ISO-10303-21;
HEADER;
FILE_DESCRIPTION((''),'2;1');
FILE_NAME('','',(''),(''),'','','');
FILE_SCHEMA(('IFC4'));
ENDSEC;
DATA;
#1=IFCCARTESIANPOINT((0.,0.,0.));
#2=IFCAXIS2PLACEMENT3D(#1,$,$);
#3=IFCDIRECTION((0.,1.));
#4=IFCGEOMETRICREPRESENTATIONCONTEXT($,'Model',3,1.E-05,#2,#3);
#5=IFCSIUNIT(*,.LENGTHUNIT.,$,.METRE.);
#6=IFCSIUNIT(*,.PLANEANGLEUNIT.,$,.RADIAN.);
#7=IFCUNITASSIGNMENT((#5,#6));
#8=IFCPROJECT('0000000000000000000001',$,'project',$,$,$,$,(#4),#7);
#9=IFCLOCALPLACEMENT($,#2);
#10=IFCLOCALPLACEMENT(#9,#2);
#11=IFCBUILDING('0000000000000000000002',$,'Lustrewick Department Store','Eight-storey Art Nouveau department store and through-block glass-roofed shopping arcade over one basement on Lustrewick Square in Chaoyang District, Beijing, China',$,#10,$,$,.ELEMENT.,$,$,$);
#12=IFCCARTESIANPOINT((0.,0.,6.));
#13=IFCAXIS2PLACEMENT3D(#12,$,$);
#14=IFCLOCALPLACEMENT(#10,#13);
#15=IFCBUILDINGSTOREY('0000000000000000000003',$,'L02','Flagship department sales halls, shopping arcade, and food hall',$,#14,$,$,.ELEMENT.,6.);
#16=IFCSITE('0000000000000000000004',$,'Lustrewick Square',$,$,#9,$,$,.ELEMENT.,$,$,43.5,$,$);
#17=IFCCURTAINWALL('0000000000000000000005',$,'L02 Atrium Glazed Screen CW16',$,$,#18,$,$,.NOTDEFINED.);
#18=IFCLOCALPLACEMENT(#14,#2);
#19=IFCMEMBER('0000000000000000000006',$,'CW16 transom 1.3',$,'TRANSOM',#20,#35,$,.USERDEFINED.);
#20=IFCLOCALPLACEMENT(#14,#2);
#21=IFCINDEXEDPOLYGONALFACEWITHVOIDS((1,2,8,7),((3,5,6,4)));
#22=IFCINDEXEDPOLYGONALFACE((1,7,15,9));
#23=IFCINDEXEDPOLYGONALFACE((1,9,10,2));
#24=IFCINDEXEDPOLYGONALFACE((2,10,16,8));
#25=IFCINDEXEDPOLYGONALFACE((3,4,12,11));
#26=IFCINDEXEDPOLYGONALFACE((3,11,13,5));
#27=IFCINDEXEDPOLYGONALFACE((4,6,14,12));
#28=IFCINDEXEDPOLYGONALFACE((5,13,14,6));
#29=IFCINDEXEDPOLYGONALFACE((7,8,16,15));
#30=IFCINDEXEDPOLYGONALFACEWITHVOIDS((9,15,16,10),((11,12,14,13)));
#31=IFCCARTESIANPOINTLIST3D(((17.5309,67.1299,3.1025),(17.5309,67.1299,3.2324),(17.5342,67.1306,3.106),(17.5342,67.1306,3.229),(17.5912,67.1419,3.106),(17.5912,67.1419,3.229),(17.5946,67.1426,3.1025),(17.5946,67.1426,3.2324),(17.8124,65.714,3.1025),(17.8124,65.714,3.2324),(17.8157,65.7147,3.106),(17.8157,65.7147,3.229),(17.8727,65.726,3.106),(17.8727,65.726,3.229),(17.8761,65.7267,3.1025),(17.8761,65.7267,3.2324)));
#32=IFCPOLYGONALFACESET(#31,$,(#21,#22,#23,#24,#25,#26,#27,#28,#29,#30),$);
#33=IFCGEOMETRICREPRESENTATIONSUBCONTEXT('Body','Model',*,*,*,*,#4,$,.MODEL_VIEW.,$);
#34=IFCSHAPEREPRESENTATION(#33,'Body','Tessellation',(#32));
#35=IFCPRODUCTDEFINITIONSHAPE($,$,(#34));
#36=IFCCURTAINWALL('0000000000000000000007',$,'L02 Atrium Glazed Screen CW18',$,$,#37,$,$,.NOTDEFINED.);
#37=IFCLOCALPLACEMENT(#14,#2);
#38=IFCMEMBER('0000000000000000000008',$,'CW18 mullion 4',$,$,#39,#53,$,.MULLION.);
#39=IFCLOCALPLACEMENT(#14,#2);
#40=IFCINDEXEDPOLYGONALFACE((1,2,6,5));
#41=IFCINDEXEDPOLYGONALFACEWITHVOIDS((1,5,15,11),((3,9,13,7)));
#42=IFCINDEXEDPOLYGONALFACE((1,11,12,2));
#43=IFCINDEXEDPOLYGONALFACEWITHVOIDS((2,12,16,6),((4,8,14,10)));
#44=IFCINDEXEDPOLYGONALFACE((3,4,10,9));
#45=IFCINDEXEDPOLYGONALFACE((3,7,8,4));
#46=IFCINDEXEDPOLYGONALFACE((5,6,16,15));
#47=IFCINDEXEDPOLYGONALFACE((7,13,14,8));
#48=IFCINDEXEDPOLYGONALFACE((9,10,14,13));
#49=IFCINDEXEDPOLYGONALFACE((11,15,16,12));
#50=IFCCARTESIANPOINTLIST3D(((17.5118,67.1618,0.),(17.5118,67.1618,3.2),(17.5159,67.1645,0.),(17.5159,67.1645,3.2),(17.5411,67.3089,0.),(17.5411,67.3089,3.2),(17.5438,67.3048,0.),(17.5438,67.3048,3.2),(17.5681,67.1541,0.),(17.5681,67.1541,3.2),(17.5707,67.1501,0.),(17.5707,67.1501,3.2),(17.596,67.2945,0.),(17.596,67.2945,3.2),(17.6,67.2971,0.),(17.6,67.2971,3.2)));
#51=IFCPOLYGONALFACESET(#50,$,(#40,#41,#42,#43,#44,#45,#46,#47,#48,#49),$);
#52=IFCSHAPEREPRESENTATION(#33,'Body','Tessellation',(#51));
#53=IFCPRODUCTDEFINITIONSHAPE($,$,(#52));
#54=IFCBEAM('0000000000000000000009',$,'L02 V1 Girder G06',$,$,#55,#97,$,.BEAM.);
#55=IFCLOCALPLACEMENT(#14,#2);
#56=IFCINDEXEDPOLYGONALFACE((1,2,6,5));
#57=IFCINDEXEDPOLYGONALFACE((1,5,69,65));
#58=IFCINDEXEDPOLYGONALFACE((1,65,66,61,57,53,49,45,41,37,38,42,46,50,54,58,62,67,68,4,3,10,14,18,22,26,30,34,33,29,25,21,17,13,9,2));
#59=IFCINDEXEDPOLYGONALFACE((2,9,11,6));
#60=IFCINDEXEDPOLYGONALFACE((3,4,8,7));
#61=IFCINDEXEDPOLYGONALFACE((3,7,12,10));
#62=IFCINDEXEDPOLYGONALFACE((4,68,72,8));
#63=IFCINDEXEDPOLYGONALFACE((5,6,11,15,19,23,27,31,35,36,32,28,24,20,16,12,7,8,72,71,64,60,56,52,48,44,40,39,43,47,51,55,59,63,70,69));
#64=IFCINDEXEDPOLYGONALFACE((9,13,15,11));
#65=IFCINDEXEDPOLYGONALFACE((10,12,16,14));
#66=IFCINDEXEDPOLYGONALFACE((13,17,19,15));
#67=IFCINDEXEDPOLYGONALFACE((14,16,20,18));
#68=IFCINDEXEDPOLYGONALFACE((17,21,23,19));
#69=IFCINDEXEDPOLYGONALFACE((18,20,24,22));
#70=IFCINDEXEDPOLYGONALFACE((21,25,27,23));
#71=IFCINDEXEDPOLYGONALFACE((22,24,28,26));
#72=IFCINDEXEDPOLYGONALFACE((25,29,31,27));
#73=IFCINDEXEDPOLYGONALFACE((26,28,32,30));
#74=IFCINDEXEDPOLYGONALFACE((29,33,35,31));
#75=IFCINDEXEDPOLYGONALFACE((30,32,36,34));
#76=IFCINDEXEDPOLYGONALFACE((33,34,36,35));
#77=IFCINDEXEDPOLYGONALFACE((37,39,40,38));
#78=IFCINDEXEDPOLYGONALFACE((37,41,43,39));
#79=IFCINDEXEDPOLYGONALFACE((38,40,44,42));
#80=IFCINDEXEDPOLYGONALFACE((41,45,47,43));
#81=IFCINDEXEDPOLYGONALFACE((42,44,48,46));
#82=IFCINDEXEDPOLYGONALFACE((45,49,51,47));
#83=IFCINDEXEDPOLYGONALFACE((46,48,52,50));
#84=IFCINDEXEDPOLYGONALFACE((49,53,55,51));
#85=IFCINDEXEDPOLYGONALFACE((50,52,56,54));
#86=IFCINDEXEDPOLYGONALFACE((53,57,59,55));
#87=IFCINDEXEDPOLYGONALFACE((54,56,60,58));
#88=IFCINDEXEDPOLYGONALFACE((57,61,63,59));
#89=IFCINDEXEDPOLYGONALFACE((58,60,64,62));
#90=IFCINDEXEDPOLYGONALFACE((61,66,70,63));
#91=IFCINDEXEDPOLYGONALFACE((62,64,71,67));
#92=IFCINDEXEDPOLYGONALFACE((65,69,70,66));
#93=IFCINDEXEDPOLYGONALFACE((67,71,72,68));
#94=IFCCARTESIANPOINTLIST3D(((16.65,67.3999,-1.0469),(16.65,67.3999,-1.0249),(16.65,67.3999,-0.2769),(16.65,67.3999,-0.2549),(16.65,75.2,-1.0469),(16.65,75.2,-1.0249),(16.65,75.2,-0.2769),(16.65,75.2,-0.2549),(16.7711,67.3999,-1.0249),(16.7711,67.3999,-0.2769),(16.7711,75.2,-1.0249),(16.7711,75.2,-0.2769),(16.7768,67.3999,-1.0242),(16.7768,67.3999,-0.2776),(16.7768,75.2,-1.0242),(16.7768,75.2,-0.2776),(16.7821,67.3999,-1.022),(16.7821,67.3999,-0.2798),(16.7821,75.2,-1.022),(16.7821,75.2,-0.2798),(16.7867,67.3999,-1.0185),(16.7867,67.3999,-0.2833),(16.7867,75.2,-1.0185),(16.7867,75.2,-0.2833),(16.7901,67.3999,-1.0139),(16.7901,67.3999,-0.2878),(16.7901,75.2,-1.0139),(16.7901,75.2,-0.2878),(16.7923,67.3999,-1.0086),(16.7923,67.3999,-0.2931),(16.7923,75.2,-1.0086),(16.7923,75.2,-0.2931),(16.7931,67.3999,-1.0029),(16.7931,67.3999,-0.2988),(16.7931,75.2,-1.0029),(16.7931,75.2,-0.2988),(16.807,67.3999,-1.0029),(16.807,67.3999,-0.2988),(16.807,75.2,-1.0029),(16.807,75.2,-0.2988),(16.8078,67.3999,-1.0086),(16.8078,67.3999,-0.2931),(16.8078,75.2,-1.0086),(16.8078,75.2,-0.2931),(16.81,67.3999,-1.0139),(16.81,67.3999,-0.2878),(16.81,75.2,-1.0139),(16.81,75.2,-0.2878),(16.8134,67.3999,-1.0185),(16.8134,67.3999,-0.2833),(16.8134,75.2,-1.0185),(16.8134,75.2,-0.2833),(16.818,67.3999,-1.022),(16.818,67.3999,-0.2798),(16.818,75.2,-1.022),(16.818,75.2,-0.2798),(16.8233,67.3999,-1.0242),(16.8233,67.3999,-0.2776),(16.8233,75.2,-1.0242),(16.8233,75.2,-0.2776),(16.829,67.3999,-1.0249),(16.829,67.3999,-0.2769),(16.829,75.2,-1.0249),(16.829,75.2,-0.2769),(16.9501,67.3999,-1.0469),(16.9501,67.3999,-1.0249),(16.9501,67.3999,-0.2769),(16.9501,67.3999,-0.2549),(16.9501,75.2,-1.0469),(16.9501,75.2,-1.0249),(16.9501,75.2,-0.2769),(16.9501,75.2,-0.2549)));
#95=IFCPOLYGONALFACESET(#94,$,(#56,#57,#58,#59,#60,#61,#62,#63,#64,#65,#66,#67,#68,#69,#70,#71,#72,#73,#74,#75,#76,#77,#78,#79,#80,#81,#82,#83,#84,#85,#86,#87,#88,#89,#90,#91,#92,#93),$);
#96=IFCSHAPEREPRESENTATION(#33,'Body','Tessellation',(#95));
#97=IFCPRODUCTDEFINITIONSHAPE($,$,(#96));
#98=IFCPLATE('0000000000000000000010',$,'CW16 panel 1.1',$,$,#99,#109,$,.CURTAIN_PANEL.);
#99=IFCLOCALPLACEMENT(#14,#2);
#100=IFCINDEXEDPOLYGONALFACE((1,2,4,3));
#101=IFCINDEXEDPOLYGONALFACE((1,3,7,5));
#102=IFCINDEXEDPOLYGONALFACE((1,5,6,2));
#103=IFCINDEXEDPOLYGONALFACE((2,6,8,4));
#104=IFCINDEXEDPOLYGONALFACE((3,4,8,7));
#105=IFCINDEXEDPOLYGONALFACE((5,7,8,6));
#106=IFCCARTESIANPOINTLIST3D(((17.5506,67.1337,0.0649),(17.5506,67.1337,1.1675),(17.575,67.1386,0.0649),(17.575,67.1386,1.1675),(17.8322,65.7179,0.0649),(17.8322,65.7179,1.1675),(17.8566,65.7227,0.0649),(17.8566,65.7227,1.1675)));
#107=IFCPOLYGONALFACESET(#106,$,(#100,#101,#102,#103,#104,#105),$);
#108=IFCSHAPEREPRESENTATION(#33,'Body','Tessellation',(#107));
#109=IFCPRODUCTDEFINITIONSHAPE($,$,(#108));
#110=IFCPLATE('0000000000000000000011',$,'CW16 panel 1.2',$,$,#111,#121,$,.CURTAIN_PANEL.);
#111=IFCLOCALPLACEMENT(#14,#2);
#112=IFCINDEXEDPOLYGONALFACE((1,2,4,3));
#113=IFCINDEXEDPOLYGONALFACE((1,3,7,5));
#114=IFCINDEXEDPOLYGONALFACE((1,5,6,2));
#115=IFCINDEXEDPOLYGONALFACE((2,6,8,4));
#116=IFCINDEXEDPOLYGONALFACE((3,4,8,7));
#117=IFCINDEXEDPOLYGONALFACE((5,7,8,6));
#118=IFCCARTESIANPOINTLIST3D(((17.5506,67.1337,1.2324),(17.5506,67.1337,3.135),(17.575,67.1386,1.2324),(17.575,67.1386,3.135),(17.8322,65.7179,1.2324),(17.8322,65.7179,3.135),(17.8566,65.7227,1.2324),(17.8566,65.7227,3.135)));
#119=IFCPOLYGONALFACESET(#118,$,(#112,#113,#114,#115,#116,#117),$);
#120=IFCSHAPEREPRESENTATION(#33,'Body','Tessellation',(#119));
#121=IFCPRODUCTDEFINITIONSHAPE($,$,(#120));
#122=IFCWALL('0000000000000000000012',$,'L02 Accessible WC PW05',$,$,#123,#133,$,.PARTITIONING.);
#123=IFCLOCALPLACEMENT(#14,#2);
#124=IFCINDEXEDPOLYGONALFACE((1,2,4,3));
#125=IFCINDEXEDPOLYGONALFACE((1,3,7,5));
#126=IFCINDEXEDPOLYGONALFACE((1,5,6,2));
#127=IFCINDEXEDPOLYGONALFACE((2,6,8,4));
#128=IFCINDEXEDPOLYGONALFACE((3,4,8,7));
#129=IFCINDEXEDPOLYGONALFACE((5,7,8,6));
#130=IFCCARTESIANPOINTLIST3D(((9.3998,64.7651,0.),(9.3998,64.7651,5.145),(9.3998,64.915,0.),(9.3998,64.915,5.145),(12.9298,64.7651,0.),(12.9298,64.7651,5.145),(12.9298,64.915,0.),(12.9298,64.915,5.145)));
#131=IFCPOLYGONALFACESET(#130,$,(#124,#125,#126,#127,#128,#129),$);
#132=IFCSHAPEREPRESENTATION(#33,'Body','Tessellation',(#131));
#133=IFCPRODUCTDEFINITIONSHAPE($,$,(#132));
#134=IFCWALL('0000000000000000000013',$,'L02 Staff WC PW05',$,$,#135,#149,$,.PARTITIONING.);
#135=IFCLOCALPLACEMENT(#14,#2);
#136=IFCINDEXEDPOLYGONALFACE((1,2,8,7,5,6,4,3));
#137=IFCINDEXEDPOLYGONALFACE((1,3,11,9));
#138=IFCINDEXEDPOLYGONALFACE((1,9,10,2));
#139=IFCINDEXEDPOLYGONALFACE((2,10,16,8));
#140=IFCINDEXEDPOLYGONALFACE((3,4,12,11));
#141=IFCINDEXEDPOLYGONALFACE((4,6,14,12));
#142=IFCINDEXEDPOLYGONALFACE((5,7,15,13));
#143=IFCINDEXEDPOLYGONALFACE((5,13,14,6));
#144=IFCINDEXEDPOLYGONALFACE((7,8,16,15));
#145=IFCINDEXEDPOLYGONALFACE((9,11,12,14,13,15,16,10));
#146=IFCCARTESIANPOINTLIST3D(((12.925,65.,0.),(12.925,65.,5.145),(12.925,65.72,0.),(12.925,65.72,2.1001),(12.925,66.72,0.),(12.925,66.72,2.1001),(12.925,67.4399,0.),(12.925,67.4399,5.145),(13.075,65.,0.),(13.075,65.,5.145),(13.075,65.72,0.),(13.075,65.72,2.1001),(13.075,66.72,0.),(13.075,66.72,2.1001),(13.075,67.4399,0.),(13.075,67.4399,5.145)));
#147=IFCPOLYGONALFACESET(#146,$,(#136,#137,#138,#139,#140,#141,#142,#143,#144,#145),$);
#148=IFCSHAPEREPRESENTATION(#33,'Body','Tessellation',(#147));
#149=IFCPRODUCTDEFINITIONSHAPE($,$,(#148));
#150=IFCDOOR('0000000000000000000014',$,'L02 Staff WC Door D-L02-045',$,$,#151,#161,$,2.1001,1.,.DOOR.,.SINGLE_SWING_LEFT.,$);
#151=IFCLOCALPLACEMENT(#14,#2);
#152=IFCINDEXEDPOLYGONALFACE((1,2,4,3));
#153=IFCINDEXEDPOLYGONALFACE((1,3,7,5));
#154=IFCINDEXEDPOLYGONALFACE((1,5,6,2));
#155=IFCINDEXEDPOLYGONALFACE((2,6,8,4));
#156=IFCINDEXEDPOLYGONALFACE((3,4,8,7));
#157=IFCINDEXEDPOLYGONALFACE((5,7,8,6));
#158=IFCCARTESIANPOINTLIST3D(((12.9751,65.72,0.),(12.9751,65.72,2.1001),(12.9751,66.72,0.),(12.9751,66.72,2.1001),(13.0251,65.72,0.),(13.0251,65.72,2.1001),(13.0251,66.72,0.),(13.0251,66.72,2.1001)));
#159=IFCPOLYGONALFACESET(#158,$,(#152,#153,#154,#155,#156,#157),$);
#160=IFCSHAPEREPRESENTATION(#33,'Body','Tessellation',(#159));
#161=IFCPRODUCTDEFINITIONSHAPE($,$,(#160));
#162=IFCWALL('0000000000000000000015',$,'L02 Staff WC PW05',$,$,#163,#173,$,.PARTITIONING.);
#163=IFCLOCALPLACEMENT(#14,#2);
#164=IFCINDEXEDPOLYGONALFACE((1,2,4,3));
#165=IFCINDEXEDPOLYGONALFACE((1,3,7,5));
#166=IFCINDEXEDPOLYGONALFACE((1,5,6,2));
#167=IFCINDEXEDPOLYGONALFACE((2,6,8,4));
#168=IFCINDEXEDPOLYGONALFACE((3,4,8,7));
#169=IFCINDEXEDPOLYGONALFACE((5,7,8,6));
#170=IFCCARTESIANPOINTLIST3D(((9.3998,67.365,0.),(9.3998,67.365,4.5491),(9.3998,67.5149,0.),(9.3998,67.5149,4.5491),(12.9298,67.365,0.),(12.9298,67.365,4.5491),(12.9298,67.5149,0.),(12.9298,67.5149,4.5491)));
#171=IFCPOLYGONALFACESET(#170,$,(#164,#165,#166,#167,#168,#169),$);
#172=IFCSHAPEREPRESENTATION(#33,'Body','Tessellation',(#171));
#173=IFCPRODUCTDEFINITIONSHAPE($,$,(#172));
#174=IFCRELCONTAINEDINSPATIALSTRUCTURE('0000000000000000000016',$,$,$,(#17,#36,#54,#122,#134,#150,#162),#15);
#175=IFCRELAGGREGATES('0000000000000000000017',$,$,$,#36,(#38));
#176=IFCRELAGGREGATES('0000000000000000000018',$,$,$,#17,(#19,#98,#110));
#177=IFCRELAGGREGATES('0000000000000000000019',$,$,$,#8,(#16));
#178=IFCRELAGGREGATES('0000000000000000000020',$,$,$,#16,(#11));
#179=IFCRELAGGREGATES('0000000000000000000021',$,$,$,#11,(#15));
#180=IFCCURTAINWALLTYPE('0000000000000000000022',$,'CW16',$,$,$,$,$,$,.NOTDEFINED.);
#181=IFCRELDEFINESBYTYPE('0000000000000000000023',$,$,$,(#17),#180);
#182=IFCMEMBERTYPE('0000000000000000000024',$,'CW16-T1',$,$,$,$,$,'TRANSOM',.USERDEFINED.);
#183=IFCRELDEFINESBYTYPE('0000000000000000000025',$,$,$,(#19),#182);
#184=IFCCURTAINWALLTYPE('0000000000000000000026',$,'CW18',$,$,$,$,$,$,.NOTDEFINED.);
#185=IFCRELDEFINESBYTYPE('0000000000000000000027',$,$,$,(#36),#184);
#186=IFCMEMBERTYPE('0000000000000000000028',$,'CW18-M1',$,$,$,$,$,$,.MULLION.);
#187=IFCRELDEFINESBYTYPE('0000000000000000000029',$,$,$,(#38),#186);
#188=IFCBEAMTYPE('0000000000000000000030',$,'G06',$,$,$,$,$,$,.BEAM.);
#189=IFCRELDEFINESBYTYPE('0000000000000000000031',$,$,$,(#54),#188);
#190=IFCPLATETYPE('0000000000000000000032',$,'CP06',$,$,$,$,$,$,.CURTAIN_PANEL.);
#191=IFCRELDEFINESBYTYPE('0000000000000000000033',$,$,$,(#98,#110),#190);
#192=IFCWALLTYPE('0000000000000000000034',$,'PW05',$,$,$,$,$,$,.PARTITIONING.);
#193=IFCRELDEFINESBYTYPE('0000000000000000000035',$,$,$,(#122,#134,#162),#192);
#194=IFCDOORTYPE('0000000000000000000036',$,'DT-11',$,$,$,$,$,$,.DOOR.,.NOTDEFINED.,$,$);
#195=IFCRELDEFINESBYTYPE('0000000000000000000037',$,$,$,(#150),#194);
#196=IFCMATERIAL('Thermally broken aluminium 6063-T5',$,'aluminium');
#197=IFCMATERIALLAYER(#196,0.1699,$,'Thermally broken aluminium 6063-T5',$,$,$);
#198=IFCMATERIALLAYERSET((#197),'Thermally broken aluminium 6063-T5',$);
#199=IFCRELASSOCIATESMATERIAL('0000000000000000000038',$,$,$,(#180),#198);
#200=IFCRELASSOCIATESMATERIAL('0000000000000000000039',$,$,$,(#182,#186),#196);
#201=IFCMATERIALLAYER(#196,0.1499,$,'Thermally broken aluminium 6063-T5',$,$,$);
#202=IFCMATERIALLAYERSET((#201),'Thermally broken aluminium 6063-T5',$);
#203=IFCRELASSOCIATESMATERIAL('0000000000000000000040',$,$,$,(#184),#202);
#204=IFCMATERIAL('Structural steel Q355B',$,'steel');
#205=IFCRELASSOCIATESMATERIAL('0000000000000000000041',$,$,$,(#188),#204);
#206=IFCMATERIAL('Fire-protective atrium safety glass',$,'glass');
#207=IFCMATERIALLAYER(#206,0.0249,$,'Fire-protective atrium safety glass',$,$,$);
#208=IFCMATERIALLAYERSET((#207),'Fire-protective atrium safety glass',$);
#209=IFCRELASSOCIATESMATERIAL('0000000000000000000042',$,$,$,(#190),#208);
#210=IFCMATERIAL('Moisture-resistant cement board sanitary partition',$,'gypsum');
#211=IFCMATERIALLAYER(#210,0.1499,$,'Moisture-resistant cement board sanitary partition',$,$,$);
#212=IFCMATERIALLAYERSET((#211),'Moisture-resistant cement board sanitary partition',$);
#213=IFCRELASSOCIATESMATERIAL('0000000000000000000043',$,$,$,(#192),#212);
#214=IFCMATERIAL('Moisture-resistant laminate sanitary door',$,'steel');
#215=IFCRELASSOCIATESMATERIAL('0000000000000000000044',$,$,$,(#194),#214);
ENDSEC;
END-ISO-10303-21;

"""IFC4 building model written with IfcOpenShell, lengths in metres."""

from ifc_helpers import new_model, si_unit, direction, frame, frame_2d, origin, origin_2d, place, context, subcontext, project, spatial, rectangle, hollow_rectangle, i_section, extrude, material, layer, layer_set, material_profile, profile_set, type_object, element, fill, aggregate, save


model = new_model("IFC4")

# Units and contexts
model_context = context("Model", 3, precision=1e-05, world=origin(), true_north=direction((0.0, 1.0)))
body_context = subcontext(model_context, "Body", "Model", "MODEL_VIEW")
ifc_project = project(units=[si_unit("LENGTHUNIT", "METRE"), si_unit("PLANEANGLEUNIT", "RADIAN")], contexts=[model_context])

# Site, building, storey
site_placement = place(None, origin())
site = spatial("IfcSite", under=ifc_project, at=site_placement, Name="Lustrewick Square", CompositionType="ELEMENT", RefElevation=43.5)
building_placement = place(site_placement, origin())
building = spatial("IfcBuilding", under=site, at=building_placement, Name="Lustrewick Department Store", Description="Eight-storey Art Nouveau department store and through-block glass-roofed shopping arcade over one basement on Lustrewick Square in Chaoyang District, Beijing, China", CompositionType="ELEMENT")
storey_placement = place(building_placement, frame((0.0, 0.0, 6.0)))
storey = spatial("IfcBuildingStorey", under=building, at=storey_placement, Name="L02", Description="Flagship department sales halls, shopping arcade, and food hall", CompositionType="ELEMENT", Elevation=6.0)

# Shared definitions
ifc_material_1 = material(Name="Structural steel Q355B", Category="steel")

# Curtain wall, member
ifc_material_2 = material(Name="Thermally broken aluminium 6063-T5", Category="aluminium")
ifc_layer_1 = layer(ifc_material_2, 0.1699, Name="Thermally broken aluminium 6063-T5")
ifc_layer_set_1 = layer_set([ifc_layer_1], Name="Thermally broken aluminium 6063-T5")
curtain_wall_type_1 = type_object("IfcCurtainWallType", Name="CW16", PredefinedType="NOTDEFINED", material=ifc_layer_set_1)
curtain_wall_1_placement = place(storey_placement, origin())
curtain_wall_1 = element("IfcCurtainWall", 1, at=curtain_wall_1_placement, inside=storey, type_object=curtain_wall_type_1, Name="L02 Atrium Glazed Screen CW16", PredefinedType="NOTDEFINED")
ifc_material_profile_1 = material_profile(ifc_material_2, hollow_rectangle(XDim=0.0649, YDim=0.1299, WallThickness=0.0034, at=origin_2d()), Name="ALU-T 65x130x3.5")
ifc_profile_set_1 = profile_set([ifc_material_profile_1], Name="Thermally broken aluminium 6063-T5")
member_type_1 = type_object("IfcMemberType", Name="CW16-T1", ElementType="TRANSOM", PredefinedType="USERDEFINED", material=ifc_profile_set_1)
member_1_placement = place(storey_placement, frame((17.5627, 67.1362, 3.1675), z_axis=(0.194978, -0.980808, 0.0), x_axis=(0.980808, 0.194978, 0.0)))
member_1 = element("IfcMember", 2, at=member_1_placement, type_object=member_type_1, Name="CW16 transom 1.3", ObjectType="TRANSOM", PredefinedType="USERDEFINED", context=body_context, shape_type="SweptSolid", body=[
    extrude(hollow_rectangle(XDim=0.0649, YDim=0.1299, WallThickness=0.0034, at=origin_2d()), origin(), (0.0, 0.0, 1.0), 1.4436),
])

# Curtain wall, member
ifc_layer_2 = layer(ifc_material_2, 0.1499, Name="Thermally broken aluminium 6063-T5")
ifc_layer_set_2 = layer_set([ifc_layer_2], Name="Thermally broken aluminium 6063-T5")
curtain_wall_type_2 = type_object("IfcCurtainWallType", Name="CW18", PredefinedType="NOTDEFINED", material=ifc_layer_set_2)
curtain_wall_2_placement = place(storey_placement, origin())
curtain_wall_2 = element("IfcCurtainWall", 3, at=curtain_wall_2_placement, inside=storey, type_object=curtain_wall_type_2, Name="L02 Atrium Glazed Screen CW18", PredefinedType="NOTDEFINED")
ifc_material_profile_2 = material_profile(ifc_material_2, hollow_rectangle(XDim=0.0601, YDim=0.1499, WallThickness=0.0034, at=origin_2d()), Name="ALU-M 60x150x3.5")
ifc_profile_set_2 = profile_set([ifc_material_profile_2], Name="Thermally broken aluminium 6063-T5")
member_type_2 = type_object("IfcMemberType", Name="CW18-M1", PredefinedType="MULLION", material=ifc_profile_set_2)
member_2_placement = place(storey_placement, frame((17.5559, 67.2295, 0.0), z_axis=(0.0, 0.0, 1.0), x_axis=(0.980786, -0.195085, 0.0)))
member_2 = element("IfcMember", 4, at=member_2_placement, type_object=member_type_2, Name="CW18 mullion 4", PredefinedType="MULLION", context=body_context, shape_type="SweptSolid", body=[
    extrude(hollow_rectangle(XDim=0.0601, YDim=0.1499, WallThickness=0.0034, at=origin_2d()), origin(), (0.0, 0.0, 1.0), 3.2),
])
aggregate(curtain_wall_2, [member_2])

# Beam
ifc_material_profile_3 = material_profile(ifc_material_1, i_section(OverallWidth=0.3, OverallDepth=0.792, WebThickness=0.0139, FlangeThickness=0.022, FilletRadius=0.022, at=origin_2d()), Name="HN 792x300x14x22")
ifc_profile_set_3 = profile_set([ifc_material_profile_3], Name="Structural steel Q355B")
beam_type_1 = type_object("IfcBeamType", Name="G06", PredefinedType="BEAM", material=ifc_profile_set_3)
beam_1_placement = place(storey_placement, frame((16.8, 67.3999, -0.6509), z_axis=(0.0, 1.0, 0.0), x_axis=(-1.0, 0.0, 0.0)))
element("IfcBeam", 5, at=beam_1_placement, inside=storey, type_object=beam_type_1, Name="L02 V1 Girder G06", PredefinedType="BEAM", context=body_context, shape_type="SweptSolid", body=[
    extrude(i_section(OverallWidth=0.3, OverallDepth=0.792, WebThickness=0.0139, FlangeThickness=0.022, FilletRadius=0.022, at=origin_2d()), origin(), (0.0, 0.0, 1.0), 7.8),
])

# Plates
ifc_material_3 = material(Name="Fire-protective atrium safety glass", Category="glass")
ifc_layer_3 = layer(ifc_material_3, 0.0249, Name="Fire-protective atrium safety glass")
ifc_layer_set_3 = layer_set([ifc_layer_3], Name="Fire-protective atrium safety glass")
plate_type = type_object("IfcPlateType", Name="CP06", PredefinedType="CURTAIN_PANEL", material=ifc_layer_set_3)
plate_1_placement = place(storey_placement, frame((17.7036, 66.4282, 0.0649), z_axis=(0.0, 0.0, 1.0), x_axis=(0.195085, -0.980786, 0.0)))
plate_1 = element("IfcPlate", 6, at=plate_1_placement, type_object=plate_type, Name="CW16 panel 1.1", PredefinedType="CURTAIN_PANEL", context=body_context, shape_type="SweptSolid", body=[
    extrude(rectangle(XDim=1.4436, YDim=0.0249, at=origin_2d()), origin(), (0.0, 0.0, 1.0), 1.1025),
])
plate_2_placement = place(storey_placement, frame((17.7036, 66.4282, 1.2324), z_axis=(0.0, 0.0, 1.0), x_axis=(0.195085, -0.980786, 0.0)))
plate_2 = element("IfcPlate", 7, at=plate_2_placement, type_object=plate_type, Name="CW16 panel 1.2", PredefinedType="CURTAIN_PANEL", context=body_context, shape_type="SweptSolid", body=[
    extrude(rectangle(XDim=1.4436, YDim=0.0249, at=origin_2d()), origin(), (0.0, 0.0, 1.0), 1.9026),
])
aggregate(curtain_wall_1, [member_1, plate_1, plate_2])

# Wall
ifc_material_4 = material(Name="Moisture-resistant cement board sanitary partition", Category="gypsum")
ifc_layer_4 = layer(ifc_material_4, 0.1499, Name="Moisture-resistant cement board sanitary partition")
ifc_layer_set_4 = layer_set([ifc_layer_4], Name="Moisture-resistant cement board sanitary partition")
wall_type = type_object("IfcWallType", Name="PW05", PredefinedType="PARTITIONING", material=ifc_layer_set_4)
wall_1_placement = place(storey_placement, frame((12.9299, 64.8401, 0.0), z_axis=(0.0, 0.0, 1.0), x_axis=(-1.0, 0.0, 0.0)))
element("IfcWall", 8, at=wall_1_placement, inside=storey, type_object=wall_type, Name="L02 Accessible WC PW05", PredefinedType="PARTITIONING", context=body_context, shape_type="SweptSolid", body=[
    extrude(rectangle(XDim=3.53, YDim=0.1499, at=frame_2d((1.7651, 0.0))), origin(), (0.0, 0.0, 1.0), 5.145),
])

# Wall, opening, door
wall_2_placement = place(storey_placement, frame((13.0, 65.0, 0.0), z_axis=(0.0, 0.0, 1.0), x_axis=(0.0, 1.0, 0.0)))
wall_2 = element("IfcWall", 9, at=wall_2_placement, inside=storey, type_object=wall_type, Name="L02 Staff WC PW05", PredefinedType="PARTITIONING", context=body_context, shape_type="SweptSolid", body=[
    extrude(rectangle(XDim=2.4399, YDim=0.1499, at=frame_2d((1.22, 0.0))), origin(), (0.0, 0.0, 1.0), 5.145),
])
opening_placement = place(wall_2_placement, frame((0.72, 0.0, 0.0)))
opening = element("IfcOpeningElement", 10, at=opening_placement, cuts=wall_2, PredefinedType="OPENING", context=body_context, shape_type="SweptSolid", body=[
    extrude(rectangle(XDim=1.0, YDim=2.1001, at=frame_2d((0.5, 1.05))), frame((0.0, 0.085, 0.0), z_axis=(0.0, -1.0, 0.0), x_axis=(1.0, 0.0, 0.0)), (0.0, 0.0, 1.0), 0.1699),
])
ifc_material_5 = material(Name="Moisture-resistant laminate sanitary door", Category="steel")
door_type = type_object("IfcDoorType", Name="DT-11", OperationType="NOTDEFINED", PredefinedType="DOOR", material=ifc_material_5)
door_placement = place(opening_placement, origin())
door = element("IfcDoor", 11, at=door_placement, inside=storey, type_object=door_type, Name="L02 Staff WC Door D-L02-045", OperationType="SINGLE_SWING_LEFT", OverallHeight=2.1001, OverallWidth=1.0, PredefinedType="DOOR", context=body_context, shape_type="SweptSolid", body=[
    extrude(rectangle(XDim=1.0, YDim=2.1001, at=frame_2d((0.5, 1.05))), frame((0.0, 0.0249, 0.0), z_axis=(0.0, -1.0, 0.0), x_axis=(1.0, 0.0, 0.0)), (0.0, 0.0, 1.0), 0.05),
])
fill(opening, door)

# Wall
wall_3_placement = place(storey_placement, frame((12.9299, 67.4399, 0.0), z_axis=(0.0, 0.0, 1.0), x_axis=(-1.0, 0.0, 0.0)))
element("IfcWall", 12, at=wall_3_placement, inside=storey, type_object=wall_type, Name="L02 Staff WC PW05", PredefinedType="PARTITIONING", context=body_context, shape_type="SweptSolid", body=[
    extrude(rectangle(XDim=3.53, YDim=0.1499, at=frame_2d((1.7651, 0.0))), origin(), (0.0, 0.0, 1.0), 4.5491),
])

save(model, "model.ifc")
